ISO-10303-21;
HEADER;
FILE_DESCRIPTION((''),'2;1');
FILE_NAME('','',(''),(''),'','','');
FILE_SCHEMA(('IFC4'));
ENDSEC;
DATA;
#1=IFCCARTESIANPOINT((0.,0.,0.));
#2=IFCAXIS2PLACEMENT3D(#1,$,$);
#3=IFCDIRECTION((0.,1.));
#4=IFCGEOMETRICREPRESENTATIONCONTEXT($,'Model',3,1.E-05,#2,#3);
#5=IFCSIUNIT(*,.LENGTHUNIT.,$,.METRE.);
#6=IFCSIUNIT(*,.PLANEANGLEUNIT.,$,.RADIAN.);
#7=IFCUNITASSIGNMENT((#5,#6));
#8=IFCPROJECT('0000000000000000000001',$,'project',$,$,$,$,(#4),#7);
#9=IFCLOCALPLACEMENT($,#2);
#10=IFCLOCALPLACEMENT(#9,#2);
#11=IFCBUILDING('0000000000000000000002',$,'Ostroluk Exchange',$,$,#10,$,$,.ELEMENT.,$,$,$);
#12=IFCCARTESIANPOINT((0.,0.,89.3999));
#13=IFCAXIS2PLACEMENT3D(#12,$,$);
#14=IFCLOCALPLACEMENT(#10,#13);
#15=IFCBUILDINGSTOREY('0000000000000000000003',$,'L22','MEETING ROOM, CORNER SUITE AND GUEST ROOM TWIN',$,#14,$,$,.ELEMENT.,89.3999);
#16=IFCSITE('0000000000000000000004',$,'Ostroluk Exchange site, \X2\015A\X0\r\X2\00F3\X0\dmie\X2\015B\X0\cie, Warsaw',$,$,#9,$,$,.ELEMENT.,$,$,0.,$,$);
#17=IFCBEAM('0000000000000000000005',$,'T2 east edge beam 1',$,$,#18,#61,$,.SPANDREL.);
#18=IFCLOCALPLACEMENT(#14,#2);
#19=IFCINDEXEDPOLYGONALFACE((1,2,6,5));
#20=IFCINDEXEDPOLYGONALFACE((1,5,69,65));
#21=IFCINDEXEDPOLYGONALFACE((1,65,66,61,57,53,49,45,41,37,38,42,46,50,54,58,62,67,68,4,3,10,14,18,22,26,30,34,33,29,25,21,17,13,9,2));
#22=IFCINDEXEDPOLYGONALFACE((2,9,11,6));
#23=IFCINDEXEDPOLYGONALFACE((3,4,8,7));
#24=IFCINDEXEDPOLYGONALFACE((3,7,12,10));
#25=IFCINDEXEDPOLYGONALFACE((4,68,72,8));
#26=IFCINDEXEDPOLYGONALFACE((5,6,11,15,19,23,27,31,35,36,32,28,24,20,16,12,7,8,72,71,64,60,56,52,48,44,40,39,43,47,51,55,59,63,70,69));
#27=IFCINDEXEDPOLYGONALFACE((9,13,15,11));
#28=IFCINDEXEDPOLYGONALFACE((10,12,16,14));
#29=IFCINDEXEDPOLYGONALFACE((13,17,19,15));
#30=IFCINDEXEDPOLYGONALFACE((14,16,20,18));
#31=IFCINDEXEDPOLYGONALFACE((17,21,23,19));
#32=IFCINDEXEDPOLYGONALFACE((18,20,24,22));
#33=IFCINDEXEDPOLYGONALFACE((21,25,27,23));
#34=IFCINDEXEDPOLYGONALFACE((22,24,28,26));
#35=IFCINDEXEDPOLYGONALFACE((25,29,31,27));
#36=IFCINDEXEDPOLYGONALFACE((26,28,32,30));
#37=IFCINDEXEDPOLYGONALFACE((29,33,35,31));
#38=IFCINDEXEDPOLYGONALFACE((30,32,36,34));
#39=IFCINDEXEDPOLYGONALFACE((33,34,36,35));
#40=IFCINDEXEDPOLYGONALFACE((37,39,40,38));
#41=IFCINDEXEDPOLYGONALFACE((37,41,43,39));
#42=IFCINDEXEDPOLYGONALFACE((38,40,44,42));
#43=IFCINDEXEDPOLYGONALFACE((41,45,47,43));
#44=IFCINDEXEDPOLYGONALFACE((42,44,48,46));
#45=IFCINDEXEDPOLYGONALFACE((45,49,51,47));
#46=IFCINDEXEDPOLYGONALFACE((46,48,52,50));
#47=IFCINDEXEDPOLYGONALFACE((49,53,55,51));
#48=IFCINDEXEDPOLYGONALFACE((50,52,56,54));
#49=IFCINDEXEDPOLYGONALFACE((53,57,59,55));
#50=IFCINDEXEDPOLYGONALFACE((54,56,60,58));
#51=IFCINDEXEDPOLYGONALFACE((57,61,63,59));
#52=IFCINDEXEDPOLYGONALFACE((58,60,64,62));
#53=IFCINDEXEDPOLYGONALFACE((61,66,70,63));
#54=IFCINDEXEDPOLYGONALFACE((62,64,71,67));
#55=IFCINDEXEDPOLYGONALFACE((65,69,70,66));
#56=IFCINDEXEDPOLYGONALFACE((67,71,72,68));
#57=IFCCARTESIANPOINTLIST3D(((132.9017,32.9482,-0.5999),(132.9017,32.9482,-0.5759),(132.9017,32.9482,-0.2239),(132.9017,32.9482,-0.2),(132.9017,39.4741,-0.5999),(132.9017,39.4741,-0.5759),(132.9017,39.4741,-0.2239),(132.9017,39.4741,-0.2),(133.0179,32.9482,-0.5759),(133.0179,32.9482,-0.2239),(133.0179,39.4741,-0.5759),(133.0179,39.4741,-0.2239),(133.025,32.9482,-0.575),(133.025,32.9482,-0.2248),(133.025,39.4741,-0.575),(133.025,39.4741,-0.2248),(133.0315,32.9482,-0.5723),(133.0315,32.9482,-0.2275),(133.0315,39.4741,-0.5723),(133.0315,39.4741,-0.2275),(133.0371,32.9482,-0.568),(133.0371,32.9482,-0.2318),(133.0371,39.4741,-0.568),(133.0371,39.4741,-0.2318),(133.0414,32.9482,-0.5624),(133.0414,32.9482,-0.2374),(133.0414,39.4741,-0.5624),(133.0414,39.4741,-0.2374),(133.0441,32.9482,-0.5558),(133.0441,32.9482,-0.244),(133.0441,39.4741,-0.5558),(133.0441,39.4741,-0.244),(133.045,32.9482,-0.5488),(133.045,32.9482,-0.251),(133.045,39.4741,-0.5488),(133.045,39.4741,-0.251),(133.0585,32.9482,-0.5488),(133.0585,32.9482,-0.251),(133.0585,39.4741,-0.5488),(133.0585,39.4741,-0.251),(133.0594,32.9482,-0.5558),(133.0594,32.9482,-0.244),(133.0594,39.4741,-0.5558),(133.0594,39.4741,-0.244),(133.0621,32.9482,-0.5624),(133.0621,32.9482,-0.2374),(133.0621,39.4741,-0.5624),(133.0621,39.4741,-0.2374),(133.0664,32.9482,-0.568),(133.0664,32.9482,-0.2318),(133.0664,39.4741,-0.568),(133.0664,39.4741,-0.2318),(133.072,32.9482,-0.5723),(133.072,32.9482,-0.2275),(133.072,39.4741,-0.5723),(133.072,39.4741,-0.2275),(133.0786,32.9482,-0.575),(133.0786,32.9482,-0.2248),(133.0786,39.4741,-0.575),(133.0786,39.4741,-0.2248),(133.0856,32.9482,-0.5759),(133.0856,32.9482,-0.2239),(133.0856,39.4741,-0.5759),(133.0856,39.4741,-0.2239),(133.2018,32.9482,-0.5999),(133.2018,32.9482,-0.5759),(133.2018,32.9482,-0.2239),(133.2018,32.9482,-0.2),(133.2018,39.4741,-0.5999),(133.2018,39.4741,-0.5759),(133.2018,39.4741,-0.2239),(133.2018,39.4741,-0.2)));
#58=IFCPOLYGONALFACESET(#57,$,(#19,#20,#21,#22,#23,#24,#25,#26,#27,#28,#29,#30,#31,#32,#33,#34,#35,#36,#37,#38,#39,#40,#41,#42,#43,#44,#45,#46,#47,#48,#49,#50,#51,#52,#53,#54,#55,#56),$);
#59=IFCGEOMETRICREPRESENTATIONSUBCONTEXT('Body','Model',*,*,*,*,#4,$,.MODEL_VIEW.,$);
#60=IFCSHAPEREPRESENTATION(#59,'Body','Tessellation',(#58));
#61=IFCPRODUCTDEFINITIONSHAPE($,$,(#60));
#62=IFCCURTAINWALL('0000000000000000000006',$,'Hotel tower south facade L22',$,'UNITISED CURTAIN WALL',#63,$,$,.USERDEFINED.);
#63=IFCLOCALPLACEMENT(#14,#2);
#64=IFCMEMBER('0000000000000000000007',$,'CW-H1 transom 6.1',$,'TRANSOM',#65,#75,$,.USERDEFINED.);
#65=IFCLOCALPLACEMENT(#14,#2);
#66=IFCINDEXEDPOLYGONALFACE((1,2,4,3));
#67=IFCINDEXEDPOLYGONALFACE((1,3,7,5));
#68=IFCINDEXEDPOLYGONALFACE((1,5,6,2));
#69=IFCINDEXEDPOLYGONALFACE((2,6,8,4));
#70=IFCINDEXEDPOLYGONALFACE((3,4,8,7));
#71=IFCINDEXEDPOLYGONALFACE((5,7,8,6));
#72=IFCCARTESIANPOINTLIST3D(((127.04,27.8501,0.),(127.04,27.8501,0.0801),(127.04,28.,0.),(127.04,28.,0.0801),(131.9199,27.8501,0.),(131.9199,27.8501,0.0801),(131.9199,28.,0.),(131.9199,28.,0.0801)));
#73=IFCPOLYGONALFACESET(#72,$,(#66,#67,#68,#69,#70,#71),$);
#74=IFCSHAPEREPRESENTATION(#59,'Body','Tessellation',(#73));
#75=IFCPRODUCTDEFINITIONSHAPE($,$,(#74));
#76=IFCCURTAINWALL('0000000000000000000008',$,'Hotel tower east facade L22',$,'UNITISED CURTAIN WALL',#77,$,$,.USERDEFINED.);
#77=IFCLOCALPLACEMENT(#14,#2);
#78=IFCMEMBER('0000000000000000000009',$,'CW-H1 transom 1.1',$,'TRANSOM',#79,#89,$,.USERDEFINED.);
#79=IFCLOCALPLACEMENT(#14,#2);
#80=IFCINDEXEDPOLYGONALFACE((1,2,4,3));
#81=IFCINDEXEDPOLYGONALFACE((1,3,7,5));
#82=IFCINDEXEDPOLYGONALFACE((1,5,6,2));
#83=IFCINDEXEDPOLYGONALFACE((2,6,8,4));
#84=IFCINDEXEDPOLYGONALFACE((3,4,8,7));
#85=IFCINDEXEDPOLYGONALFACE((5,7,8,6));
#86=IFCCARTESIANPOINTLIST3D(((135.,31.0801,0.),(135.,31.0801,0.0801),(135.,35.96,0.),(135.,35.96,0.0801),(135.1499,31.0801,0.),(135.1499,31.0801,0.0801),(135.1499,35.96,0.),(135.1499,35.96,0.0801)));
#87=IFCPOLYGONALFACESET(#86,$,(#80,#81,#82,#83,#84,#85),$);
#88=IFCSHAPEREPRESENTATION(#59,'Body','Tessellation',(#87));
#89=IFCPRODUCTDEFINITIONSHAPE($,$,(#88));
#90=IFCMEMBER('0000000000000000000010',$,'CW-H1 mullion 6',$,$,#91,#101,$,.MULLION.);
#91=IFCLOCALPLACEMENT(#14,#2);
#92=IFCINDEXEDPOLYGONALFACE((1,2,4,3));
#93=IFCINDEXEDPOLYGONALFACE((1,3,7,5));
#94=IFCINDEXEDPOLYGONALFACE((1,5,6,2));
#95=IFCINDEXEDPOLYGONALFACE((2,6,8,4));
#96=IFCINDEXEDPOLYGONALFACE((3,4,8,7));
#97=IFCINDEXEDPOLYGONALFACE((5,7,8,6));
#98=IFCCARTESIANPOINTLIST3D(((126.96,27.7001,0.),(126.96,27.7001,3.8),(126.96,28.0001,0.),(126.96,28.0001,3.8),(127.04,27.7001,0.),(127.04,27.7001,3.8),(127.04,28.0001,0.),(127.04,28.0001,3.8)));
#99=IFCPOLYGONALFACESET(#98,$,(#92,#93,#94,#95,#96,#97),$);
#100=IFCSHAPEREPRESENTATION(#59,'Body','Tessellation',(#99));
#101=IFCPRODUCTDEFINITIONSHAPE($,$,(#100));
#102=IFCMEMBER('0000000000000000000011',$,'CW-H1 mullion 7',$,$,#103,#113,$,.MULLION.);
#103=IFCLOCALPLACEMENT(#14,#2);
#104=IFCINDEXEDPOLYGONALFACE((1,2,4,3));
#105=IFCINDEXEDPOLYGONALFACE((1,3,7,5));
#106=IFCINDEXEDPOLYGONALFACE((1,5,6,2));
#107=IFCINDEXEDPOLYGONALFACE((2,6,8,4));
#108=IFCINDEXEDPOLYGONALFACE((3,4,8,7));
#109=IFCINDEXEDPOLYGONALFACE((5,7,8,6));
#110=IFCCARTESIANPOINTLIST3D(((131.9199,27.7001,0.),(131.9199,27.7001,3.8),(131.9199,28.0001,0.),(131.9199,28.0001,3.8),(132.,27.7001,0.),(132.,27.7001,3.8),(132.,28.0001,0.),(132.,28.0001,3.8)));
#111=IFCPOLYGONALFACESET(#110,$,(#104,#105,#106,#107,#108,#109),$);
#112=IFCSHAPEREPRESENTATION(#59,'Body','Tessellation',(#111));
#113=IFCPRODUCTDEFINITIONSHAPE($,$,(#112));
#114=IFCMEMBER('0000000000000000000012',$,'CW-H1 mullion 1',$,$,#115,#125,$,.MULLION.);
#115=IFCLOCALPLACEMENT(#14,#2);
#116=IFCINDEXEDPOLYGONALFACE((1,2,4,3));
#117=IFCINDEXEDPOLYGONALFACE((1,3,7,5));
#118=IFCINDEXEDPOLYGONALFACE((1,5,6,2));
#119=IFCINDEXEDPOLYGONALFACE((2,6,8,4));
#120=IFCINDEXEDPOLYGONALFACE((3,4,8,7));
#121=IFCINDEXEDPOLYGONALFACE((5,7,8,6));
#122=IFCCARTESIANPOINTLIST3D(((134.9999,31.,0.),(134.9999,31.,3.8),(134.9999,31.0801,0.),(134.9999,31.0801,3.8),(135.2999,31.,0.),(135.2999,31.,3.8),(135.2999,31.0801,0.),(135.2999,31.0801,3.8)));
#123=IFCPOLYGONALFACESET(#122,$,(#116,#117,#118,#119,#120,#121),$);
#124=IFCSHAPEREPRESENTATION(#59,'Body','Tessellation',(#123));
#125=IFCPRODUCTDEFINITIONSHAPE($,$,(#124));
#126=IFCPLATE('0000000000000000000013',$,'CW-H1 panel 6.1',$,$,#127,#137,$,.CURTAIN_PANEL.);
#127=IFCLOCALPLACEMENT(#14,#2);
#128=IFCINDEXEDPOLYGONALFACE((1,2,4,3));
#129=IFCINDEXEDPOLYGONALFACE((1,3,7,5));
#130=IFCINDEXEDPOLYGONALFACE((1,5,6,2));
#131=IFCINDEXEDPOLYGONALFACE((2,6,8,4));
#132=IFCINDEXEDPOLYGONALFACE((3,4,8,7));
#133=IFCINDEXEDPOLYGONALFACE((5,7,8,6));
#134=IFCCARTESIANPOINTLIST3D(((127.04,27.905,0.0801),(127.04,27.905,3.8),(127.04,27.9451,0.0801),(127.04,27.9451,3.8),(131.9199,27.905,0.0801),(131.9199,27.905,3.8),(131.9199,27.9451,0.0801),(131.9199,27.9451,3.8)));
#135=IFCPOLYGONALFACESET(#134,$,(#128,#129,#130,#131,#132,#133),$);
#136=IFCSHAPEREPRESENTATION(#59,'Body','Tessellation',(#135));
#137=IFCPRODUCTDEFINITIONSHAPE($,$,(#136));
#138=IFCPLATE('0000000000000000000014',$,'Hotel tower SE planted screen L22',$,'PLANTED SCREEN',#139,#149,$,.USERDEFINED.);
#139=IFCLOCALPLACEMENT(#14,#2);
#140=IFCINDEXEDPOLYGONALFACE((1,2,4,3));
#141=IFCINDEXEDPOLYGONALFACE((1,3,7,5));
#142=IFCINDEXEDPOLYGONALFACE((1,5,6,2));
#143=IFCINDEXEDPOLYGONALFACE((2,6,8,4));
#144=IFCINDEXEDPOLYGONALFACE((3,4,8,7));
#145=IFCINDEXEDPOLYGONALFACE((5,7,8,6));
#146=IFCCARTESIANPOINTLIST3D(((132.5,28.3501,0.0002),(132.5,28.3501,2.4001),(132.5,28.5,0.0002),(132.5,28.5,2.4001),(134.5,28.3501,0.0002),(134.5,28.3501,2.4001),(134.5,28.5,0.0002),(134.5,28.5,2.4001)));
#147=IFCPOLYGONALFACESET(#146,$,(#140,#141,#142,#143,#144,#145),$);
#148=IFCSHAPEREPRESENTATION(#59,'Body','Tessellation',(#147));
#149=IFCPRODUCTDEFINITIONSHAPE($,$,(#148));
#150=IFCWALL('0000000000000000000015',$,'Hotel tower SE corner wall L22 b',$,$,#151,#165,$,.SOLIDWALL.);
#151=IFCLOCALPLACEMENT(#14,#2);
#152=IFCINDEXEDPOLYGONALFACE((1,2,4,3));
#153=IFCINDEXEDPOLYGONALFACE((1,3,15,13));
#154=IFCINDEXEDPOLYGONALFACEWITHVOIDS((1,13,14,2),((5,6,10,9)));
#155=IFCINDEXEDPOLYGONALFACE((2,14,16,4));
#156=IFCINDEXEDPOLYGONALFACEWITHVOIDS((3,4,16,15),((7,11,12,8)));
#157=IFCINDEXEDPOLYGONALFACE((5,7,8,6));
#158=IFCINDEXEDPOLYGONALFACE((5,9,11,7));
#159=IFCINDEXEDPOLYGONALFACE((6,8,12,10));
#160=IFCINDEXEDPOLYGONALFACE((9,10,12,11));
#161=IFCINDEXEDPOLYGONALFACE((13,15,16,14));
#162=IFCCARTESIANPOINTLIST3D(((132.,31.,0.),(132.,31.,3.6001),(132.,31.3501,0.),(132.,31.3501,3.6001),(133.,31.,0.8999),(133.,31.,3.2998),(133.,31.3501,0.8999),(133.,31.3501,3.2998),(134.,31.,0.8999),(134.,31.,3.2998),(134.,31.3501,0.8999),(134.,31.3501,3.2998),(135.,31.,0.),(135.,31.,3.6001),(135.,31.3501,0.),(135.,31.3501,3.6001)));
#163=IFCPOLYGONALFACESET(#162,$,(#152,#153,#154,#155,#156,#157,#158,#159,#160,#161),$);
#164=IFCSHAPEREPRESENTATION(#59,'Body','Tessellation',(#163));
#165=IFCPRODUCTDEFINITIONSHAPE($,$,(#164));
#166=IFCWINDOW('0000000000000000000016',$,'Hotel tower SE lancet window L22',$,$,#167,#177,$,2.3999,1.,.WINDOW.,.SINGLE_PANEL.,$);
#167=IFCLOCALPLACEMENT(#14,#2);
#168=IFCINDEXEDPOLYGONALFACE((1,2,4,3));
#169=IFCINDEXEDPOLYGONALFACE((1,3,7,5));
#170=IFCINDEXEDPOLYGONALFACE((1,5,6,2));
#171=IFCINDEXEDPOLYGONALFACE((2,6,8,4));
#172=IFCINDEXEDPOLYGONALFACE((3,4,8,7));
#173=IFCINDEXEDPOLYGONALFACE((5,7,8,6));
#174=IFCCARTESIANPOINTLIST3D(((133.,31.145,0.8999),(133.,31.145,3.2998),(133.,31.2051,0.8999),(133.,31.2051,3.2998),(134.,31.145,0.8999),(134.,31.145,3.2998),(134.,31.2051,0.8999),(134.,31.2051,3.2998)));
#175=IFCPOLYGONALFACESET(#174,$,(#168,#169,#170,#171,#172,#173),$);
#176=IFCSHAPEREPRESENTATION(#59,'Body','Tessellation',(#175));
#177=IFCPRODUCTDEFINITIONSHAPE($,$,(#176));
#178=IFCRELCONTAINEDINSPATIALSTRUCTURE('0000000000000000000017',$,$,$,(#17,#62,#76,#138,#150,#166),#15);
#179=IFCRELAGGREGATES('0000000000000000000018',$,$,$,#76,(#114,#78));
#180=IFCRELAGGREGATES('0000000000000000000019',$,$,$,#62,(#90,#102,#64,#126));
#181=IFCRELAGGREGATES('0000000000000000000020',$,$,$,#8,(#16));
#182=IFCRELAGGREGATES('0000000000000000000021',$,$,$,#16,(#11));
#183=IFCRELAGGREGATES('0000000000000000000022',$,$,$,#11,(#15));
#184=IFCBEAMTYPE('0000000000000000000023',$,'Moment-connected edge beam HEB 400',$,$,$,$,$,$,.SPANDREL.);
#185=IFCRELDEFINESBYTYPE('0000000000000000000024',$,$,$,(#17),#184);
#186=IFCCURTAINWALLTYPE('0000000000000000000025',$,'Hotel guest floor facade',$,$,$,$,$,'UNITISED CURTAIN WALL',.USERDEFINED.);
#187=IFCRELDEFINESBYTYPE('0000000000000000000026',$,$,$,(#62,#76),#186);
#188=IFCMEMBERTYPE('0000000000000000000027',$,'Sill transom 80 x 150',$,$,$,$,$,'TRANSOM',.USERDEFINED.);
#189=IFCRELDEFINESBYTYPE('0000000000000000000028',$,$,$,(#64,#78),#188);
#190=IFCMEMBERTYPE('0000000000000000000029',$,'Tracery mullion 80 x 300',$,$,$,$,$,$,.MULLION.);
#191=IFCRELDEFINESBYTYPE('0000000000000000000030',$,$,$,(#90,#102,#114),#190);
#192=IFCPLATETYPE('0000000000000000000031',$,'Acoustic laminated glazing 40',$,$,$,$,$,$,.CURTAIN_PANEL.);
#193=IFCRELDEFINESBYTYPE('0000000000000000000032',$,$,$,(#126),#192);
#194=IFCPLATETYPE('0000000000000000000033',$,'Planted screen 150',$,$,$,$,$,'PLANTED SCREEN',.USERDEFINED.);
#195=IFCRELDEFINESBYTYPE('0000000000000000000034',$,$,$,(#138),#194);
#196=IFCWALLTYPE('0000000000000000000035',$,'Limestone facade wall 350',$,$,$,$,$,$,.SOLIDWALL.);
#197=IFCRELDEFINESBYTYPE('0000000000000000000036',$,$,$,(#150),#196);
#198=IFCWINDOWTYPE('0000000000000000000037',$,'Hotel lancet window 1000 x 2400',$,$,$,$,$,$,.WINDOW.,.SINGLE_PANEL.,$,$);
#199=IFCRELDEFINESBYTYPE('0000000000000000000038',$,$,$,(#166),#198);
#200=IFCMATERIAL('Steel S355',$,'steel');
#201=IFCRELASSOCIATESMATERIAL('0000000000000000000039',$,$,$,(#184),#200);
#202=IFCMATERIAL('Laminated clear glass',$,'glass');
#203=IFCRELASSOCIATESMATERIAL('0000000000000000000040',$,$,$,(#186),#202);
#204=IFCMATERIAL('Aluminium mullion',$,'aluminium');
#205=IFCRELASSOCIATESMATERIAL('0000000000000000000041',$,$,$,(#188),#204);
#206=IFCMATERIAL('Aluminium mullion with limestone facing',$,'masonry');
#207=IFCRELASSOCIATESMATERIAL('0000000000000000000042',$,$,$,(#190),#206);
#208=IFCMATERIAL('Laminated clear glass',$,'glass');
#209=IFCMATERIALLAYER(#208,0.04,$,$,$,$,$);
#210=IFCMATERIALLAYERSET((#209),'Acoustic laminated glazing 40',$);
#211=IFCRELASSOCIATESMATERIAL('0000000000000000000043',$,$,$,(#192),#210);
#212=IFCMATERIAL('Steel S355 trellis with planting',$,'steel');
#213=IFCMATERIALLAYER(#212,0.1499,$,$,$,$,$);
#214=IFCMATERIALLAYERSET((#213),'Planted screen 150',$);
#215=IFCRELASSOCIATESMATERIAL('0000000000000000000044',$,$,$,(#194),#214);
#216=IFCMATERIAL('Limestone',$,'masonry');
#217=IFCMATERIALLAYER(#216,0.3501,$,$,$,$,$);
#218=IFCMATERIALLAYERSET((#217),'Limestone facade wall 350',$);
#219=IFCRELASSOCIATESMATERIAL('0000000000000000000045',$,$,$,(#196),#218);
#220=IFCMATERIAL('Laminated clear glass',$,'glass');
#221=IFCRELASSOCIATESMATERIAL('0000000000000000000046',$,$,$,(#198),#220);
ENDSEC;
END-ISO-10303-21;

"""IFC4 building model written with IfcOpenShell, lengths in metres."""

from ifc_helpers import new_model, si_unit, direction, frame, frame_2d, origin, origin_2d, place, context, subcontext, project, spatial, rectangle, i_section, extrude, material, layer, layer_set, material_profile, profile_set, type_object, element, fill, aggregate, save


model = new_model("IFC4")

# Units and contexts
model_context = context("Model", 3, precision=1e-05, world=origin(), true_north=direction((0.0, 1.0)))
body_context = subcontext(model_context, "Body", "Model", "MODEL_VIEW")
ifc_project = project(units=[si_unit("LENGTHUNIT", "METRE"), si_unit("PLANEANGLEUNIT", "RADIAN")], contexts=[model_context])

# Site, building, storey
site_placement = place(None, origin())
site = spatial("IfcSite", under=ifc_project, at=site_placement, Name="Ostroluk Exchange site, Śródmieście, Warsaw", CompositionType="ELEMENT", RefElevation=0.0)
building_placement = place(site_placement, origin())
building = spatial("IfcBuilding", under=site, at=building_placement, Name="Ostroluk Exchange", CompositionType="ELEMENT")
storey_placement = place(building_placement, frame((0.0, 0.0, 89.3999)))
storey = spatial("IfcBuildingStorey", under=building, at=storey_placement, Name="L22", Description="MEETING ROOM, CORNER SUITE AND GUEST ROOM TWIN", CompositionType="ELEMENT", Elevation=89.3999)

# Beam
ifc_material_1 = material(Name="Steel S355", Category="steel")
ifc_material_profile_1 = material_profile(ifc_material_1, i_section(OverallWidth=0.3, OverallDepth=0.3999, WebThickness=0.0134, FlangeThickness=0.0239, FilletRadius=0.0271, at=origin_2d()), Name="HEB 400")
ifc_profile_set_1 = profile_set([ifc_material_profile_1], Name="Steel S355")
beam_type_1 = type_object("IfcBeamType", Name="Moment-connected edge beam HEB 400", PredefinedType="SPANDREL", material=ifc_profile_set_1)
beam_1_placement = place(storey_placement, frame((133.0518, 32.9482, -0.3999), z_axis=(0.0, 1.0, 0.0), x_axis=(-1.0, 0.0, 0.0)))
element("IfcBeam", 1, at=beam_1_placement, inside=storey, type_object=beam_type_1, Name="T2 east edge beam 1", PredefinedType="SPANDREL", context=body_context, shape_type="SweptSolid", body=[
    extrude(i_section(OverallWidth=0.3, OverallDepth=0.3999, WebThickness=0.0134, FlangeThickness=0.0239, FilletRadius=0.0271, at=origin_2d()), origin(), (0.0, 0.0, 1.0), 6.5259),
])

# Curtain walls, members
ifc_material_2 = material(Name="Laminated clear glass", Category="glass")
curtain_wall_type = type_object("IfcCurtainWallType", Name="Hotel guest floor facade", ElementType="UNITISED CURTAIN WALL", PredefinedType="USERDEFINED", material=ifc_material_2)
curtain_wall_1_placement = place(storey_placement, origin())
curtain_wall_1 = element("IfcCurtainWall", 2, at=curtain_wall_1_placement, inside=storey, type_object=curtain_wall_type, Name="Hotel tower south facade L22", ObjectType="UNITISED CURTAIN WALL", PredefinedType="USERDEFINED")
ifc_material_3 = material(Name="Aluminium mullion", Category="aluminium")
ifc_material_profile_2 = material_profile(ifc_material_3, rectangle(XDim=0.1499, YDim=0.0801, at=origin_2d()), Name="Sill transom 80 x 150")
ifc_profile_set_2 = profile_set([ifc_material_profile_2], Name="Aluminium mullion")
member_type_1 = type_object("IfcMemberType", Name="Sill transom 80 x 150", ElementType="TRANSOM", PredefinedType="USERDEFINED", material=ifc_profile_set_2)
member_1_placement = place(storey_placement, frame((127.04, 27.925, 0.04), z_axis=(1.0, 0.0, 0.0), x_axis=(0.0, 1.0, 0.0)))
member_1 = element("IfcMember", 3, at=member_1_placement, type_object=member_type_1, Name="CW-H1 transom 6.1", ObjectType="TRANSOM", PredefinedType="USERDEFINED", context=body_context, shape_type="SweptSolid", body=[
    extrude(rectangle(XDim=0.1499, YDim=0.0801, at=origin_2d()), origin(), (0.0, 0.0, 1.0), 4.8799),
])
curtain_wall_2_placement = place(storey_placement, origin())
curtain_wall_2 = element("IfcCurtainWall", 4, at=curtain_wall_2_placement, inside=storey, type_object=curtain_wall_type, Name="Hotel tower east facade L22", ObjectType="UNITISED CURTAIN WALL", PredefinedType="USERDEFINED")
member_2_placement = place(storey_placement, frame((135.075, 31.0801, 0.04), z_axis=(0.0, 1.0, 0.0), x_axis=(-1.0, 0.0, 0.0)))
member_2 = element("IfcMember", 5, at=member_2_placement, type_object=member_type_1, Name="CW-H1 transom 1.1", ObjectType="TRANSOM", PredefinedType="USERDEFINED", context=body_context, shape_type="SweptSolid", body=[
    extrude(rectangle(XDim=0.1499, YDim=0.0801, at=origin_2d()), origin(), (0.0, 0.0, 1.0), 4.8799),
])

# Members
ifc_material_4 = material(Name="Aluminium mullion with limestone facing", Category="masonry")
ifc_material_profile_3 = material_profile(ifc_material_4, rectangle(XDim=0.3, YDim=0.0801, at=origin_2d()), Name="Tracery mullion 80 x 300")
ifc_profile_set_3 = profile_set([ifc_material_profile_3], Name="Aluminium mullion with limestone facing")
member_type_2 = type_object("IfcMemberType", Name="Tracery mullion 80 x 300", PredefinedType="MULLION", material=ifc_profile_set_3)
member_3_placement = place(storey_placement, frame((127.0, 27.8501, 0.0), z_axis=(0.0, 0.0, 1.0), x_axis=(0.0, 1.0, 0.0)))
member_3 = element("IfcMember", 6, at=member_3_placement, type_object=member_type_2, Name="CW-H1 mullion 6", PredefinedType="MULLION", context=body_context, shape_type="SweptSolid", body=[
    extrude(rectangle(XDim=0.3, YDim=0.0801, at=origin_2d()), origin(), (0.0, 0.0, 1.0), 3.8),
])
member_4_placement = place(storey_placement, frame((131.96, 27.8501, 0.0), z_axis=(0.0, 0.0, 1.0), x_axis=(0.0, 1.0, 0.0)))
member_4 = element("IfcMember", 7, at=member_4_placement, type_object=member_type_2, Name="CW-H1 mullion 7", PredefinedType="MULLION", context=body_context, shape_type="SweptSolid", body=[
    extrude(rectangle(XDim=0.3, YDim=0.0801, at=origin_2d()), origin(), (0.0, 0.0, 1.0), 3.8),
])
member_5_placement = place(storey_placement, frame((135.1499, 31.04, 0.0), z_axis=(0.0, 0.0, 1.0), x_axis=(-1.0, 0.0, 0.0)))
member_5 = element("IfcMember", 8, at=member_5_placement, type_object=member_type_2, Name="CW-H1 mullion 1", PredefinedType="MULLION", context=body_context, shape_type="SweptSolid", body=[
    extrude(rectangle(XDim=0.3, YDim=0.0801, at=origin_2d()), origin(), (0.0, 0.0, 1.0), 3.8),
])
aggregate(curtain_wall_2, [member_5, member_2])

# Plates
ifc_material_5 = material(Name="Laminated clear glass", Category="glass")
ifc_layer_1 = layer(ifc_material_5, 0.04)
ifc_layer_set_1 = layer_set([ifc_layer_1], Name="Acoustic laminated glazing 40")
plate_type_1 = type_object("IfcPlateType", Name="Acoustic laminated glazing 40", PredefinedType="CURTAIN_PANEL", material=ifc_layer_set_1)
plate_1_placement = place(storey_placement, frame((129.48, 27.925, 0.0801), z_axis=(0.0, 0.0, 1.0), x_axis=(1.0, 0.0, 0.0)))
plate_1 = element("IfcPlate", 9, at=plate_1_placement, type_object=plate_type_1, Name="CW-H1 panel 6.1", PredefinedType="CURTAIN_PANEL", context=body_context, shape_type="SweptSolid", body=[
    extrude(rectangle(XDim=4.8799, YDim=0.04, at=origin_2d()), origin(), (0.0, 0.0, 1.0), 3.72),
])
aggregate(curtain_wall_1, [member_3, member_4, member_1, plate_1])
ifc_material_6 = material(Name="Steel S355 trellis with planting", Category="steel")
ifc_layer_2 = layer(ifc_material_6, 0.1499)
ifc_layer_set_2 = layer_set([ifc_layer_2], Name="Planted screen 150")
plate_type_2 = type_object("IfcPlateType", Name="Planted screen 150", ElementType="PLANTED SCREEN", PredefinedType="USERDEFINED", material=ifc_layer_set_2)
plate_2_placement = place(storey_placement, frame((133.5, 28.425, 0.0002), z_axis=(0.0, 0.0, 1.0), x_axis=(1.0, 0.0, 0.0)))
element("IfcPlate", 10, at=plate_2_placement, inside=storey, type_object=plate_type_2, Name="Hotel tower SE planted screen L22", ObjectType="PLANTED SCREEN", PredefinedType="USERDEFINED", context=body_context, shape_type="SweptSolid", body=[
    extrude(rectangle(XDim=2.0, YDim=0.1499, at=origin_2d()), origin(), (0.0, 0.0, 1.0), 2.3999),
])

# Shared definitions
ifc_material_7 = material(Name="Limestone", Category="masonry")
ifc_layer_3 = layer(ifc_material_7, 0.3501)
ifc_layer_set_3 = layer_set([ifc_layer_3], Name="Limestone facade wall 350")
wall_type_1 = type_object("IfcWallType", Name="Limestone facade wall 350", PredefinedType="SOLIDWALL", material=ifc_layer_set_3)

# Wall, opening, window
wall_1_placement = place(storey_placement, frame((132.0, 31.175, 0.0), z_axis=(0.0, 0.0, 1.0), x_axis=(1.0, 0.0, 0.0)))
wall_1 = element("IfcWall", 11, at=wall_1_placement, inside=storey, type_object=wall_type_1, Name="Hotel tower SE corner wall L22 b", PredefinedType="SOLIDWALL", context=body_context, shape_type="SweptSolid", body=[
    extrude(rectangle(XDim=3.0, YDim=0.3501, at=frame_2d((1.5, 0.0))), origin(), (0.0, 0.0, 1.0), 3.6001),
])
opening_1_placement = place(wall_1_placement, frame((1.0, 0.0, 0.8999)))
opening_1 = element("IfcOpeningElement", 12, at=opening_1_placement, cuts=wall_1, PredefinedType="OPENING", context=body_context, shape_type="SweptSolid", body=[
    extrude(rectangle(XDim=1.0, YDim=2.3999, at=frame_2d((0.5, 1.2))), frame((0.0, 0.1851, 0.0), z_axis=(0.0, -1.0, 0.0), x_axis=(1.0, 0.0, 0.0)), (0.0, 0.0, 1.0), 0.3701),
])
ifc_material_8 = material(Name="Laminated clear glass", Category="glass")
window_type = type_object("IfcWindowType", Name="Hotel lancet window 1000 x 2400", PartitioningType="SINGLE_PANEL", PredefinedType="WINDOW", material=ifc_material_8)
window_placement = place(opening_1_placement, origin())
window = element("IfcWindow", 13, at=window_placement, inside=storey, type_object=window_type, Name="Hotel tower SE lancet window L22", OverallHeight=2.3999, OverallWidth=1.0, PartitioningType="SINGLE_PANEL", PredefinedType="WINDOW", context=body_context, shape_type="SweptSolid", body=[
    extrude(rectangle(XDim=1.0, YDim=2.3999, at=frame_2d((0.5, 1.2))), frame((0.0, 0.03, 0.0), z_axis=(0.0, -1.0, 0.0), x_axis=(1.0, 0.0, 0.0)), (0.0, 0.0, 1.0), 0.0601),
])
fill(opening_1, window)

save(model, "model.ifc")
